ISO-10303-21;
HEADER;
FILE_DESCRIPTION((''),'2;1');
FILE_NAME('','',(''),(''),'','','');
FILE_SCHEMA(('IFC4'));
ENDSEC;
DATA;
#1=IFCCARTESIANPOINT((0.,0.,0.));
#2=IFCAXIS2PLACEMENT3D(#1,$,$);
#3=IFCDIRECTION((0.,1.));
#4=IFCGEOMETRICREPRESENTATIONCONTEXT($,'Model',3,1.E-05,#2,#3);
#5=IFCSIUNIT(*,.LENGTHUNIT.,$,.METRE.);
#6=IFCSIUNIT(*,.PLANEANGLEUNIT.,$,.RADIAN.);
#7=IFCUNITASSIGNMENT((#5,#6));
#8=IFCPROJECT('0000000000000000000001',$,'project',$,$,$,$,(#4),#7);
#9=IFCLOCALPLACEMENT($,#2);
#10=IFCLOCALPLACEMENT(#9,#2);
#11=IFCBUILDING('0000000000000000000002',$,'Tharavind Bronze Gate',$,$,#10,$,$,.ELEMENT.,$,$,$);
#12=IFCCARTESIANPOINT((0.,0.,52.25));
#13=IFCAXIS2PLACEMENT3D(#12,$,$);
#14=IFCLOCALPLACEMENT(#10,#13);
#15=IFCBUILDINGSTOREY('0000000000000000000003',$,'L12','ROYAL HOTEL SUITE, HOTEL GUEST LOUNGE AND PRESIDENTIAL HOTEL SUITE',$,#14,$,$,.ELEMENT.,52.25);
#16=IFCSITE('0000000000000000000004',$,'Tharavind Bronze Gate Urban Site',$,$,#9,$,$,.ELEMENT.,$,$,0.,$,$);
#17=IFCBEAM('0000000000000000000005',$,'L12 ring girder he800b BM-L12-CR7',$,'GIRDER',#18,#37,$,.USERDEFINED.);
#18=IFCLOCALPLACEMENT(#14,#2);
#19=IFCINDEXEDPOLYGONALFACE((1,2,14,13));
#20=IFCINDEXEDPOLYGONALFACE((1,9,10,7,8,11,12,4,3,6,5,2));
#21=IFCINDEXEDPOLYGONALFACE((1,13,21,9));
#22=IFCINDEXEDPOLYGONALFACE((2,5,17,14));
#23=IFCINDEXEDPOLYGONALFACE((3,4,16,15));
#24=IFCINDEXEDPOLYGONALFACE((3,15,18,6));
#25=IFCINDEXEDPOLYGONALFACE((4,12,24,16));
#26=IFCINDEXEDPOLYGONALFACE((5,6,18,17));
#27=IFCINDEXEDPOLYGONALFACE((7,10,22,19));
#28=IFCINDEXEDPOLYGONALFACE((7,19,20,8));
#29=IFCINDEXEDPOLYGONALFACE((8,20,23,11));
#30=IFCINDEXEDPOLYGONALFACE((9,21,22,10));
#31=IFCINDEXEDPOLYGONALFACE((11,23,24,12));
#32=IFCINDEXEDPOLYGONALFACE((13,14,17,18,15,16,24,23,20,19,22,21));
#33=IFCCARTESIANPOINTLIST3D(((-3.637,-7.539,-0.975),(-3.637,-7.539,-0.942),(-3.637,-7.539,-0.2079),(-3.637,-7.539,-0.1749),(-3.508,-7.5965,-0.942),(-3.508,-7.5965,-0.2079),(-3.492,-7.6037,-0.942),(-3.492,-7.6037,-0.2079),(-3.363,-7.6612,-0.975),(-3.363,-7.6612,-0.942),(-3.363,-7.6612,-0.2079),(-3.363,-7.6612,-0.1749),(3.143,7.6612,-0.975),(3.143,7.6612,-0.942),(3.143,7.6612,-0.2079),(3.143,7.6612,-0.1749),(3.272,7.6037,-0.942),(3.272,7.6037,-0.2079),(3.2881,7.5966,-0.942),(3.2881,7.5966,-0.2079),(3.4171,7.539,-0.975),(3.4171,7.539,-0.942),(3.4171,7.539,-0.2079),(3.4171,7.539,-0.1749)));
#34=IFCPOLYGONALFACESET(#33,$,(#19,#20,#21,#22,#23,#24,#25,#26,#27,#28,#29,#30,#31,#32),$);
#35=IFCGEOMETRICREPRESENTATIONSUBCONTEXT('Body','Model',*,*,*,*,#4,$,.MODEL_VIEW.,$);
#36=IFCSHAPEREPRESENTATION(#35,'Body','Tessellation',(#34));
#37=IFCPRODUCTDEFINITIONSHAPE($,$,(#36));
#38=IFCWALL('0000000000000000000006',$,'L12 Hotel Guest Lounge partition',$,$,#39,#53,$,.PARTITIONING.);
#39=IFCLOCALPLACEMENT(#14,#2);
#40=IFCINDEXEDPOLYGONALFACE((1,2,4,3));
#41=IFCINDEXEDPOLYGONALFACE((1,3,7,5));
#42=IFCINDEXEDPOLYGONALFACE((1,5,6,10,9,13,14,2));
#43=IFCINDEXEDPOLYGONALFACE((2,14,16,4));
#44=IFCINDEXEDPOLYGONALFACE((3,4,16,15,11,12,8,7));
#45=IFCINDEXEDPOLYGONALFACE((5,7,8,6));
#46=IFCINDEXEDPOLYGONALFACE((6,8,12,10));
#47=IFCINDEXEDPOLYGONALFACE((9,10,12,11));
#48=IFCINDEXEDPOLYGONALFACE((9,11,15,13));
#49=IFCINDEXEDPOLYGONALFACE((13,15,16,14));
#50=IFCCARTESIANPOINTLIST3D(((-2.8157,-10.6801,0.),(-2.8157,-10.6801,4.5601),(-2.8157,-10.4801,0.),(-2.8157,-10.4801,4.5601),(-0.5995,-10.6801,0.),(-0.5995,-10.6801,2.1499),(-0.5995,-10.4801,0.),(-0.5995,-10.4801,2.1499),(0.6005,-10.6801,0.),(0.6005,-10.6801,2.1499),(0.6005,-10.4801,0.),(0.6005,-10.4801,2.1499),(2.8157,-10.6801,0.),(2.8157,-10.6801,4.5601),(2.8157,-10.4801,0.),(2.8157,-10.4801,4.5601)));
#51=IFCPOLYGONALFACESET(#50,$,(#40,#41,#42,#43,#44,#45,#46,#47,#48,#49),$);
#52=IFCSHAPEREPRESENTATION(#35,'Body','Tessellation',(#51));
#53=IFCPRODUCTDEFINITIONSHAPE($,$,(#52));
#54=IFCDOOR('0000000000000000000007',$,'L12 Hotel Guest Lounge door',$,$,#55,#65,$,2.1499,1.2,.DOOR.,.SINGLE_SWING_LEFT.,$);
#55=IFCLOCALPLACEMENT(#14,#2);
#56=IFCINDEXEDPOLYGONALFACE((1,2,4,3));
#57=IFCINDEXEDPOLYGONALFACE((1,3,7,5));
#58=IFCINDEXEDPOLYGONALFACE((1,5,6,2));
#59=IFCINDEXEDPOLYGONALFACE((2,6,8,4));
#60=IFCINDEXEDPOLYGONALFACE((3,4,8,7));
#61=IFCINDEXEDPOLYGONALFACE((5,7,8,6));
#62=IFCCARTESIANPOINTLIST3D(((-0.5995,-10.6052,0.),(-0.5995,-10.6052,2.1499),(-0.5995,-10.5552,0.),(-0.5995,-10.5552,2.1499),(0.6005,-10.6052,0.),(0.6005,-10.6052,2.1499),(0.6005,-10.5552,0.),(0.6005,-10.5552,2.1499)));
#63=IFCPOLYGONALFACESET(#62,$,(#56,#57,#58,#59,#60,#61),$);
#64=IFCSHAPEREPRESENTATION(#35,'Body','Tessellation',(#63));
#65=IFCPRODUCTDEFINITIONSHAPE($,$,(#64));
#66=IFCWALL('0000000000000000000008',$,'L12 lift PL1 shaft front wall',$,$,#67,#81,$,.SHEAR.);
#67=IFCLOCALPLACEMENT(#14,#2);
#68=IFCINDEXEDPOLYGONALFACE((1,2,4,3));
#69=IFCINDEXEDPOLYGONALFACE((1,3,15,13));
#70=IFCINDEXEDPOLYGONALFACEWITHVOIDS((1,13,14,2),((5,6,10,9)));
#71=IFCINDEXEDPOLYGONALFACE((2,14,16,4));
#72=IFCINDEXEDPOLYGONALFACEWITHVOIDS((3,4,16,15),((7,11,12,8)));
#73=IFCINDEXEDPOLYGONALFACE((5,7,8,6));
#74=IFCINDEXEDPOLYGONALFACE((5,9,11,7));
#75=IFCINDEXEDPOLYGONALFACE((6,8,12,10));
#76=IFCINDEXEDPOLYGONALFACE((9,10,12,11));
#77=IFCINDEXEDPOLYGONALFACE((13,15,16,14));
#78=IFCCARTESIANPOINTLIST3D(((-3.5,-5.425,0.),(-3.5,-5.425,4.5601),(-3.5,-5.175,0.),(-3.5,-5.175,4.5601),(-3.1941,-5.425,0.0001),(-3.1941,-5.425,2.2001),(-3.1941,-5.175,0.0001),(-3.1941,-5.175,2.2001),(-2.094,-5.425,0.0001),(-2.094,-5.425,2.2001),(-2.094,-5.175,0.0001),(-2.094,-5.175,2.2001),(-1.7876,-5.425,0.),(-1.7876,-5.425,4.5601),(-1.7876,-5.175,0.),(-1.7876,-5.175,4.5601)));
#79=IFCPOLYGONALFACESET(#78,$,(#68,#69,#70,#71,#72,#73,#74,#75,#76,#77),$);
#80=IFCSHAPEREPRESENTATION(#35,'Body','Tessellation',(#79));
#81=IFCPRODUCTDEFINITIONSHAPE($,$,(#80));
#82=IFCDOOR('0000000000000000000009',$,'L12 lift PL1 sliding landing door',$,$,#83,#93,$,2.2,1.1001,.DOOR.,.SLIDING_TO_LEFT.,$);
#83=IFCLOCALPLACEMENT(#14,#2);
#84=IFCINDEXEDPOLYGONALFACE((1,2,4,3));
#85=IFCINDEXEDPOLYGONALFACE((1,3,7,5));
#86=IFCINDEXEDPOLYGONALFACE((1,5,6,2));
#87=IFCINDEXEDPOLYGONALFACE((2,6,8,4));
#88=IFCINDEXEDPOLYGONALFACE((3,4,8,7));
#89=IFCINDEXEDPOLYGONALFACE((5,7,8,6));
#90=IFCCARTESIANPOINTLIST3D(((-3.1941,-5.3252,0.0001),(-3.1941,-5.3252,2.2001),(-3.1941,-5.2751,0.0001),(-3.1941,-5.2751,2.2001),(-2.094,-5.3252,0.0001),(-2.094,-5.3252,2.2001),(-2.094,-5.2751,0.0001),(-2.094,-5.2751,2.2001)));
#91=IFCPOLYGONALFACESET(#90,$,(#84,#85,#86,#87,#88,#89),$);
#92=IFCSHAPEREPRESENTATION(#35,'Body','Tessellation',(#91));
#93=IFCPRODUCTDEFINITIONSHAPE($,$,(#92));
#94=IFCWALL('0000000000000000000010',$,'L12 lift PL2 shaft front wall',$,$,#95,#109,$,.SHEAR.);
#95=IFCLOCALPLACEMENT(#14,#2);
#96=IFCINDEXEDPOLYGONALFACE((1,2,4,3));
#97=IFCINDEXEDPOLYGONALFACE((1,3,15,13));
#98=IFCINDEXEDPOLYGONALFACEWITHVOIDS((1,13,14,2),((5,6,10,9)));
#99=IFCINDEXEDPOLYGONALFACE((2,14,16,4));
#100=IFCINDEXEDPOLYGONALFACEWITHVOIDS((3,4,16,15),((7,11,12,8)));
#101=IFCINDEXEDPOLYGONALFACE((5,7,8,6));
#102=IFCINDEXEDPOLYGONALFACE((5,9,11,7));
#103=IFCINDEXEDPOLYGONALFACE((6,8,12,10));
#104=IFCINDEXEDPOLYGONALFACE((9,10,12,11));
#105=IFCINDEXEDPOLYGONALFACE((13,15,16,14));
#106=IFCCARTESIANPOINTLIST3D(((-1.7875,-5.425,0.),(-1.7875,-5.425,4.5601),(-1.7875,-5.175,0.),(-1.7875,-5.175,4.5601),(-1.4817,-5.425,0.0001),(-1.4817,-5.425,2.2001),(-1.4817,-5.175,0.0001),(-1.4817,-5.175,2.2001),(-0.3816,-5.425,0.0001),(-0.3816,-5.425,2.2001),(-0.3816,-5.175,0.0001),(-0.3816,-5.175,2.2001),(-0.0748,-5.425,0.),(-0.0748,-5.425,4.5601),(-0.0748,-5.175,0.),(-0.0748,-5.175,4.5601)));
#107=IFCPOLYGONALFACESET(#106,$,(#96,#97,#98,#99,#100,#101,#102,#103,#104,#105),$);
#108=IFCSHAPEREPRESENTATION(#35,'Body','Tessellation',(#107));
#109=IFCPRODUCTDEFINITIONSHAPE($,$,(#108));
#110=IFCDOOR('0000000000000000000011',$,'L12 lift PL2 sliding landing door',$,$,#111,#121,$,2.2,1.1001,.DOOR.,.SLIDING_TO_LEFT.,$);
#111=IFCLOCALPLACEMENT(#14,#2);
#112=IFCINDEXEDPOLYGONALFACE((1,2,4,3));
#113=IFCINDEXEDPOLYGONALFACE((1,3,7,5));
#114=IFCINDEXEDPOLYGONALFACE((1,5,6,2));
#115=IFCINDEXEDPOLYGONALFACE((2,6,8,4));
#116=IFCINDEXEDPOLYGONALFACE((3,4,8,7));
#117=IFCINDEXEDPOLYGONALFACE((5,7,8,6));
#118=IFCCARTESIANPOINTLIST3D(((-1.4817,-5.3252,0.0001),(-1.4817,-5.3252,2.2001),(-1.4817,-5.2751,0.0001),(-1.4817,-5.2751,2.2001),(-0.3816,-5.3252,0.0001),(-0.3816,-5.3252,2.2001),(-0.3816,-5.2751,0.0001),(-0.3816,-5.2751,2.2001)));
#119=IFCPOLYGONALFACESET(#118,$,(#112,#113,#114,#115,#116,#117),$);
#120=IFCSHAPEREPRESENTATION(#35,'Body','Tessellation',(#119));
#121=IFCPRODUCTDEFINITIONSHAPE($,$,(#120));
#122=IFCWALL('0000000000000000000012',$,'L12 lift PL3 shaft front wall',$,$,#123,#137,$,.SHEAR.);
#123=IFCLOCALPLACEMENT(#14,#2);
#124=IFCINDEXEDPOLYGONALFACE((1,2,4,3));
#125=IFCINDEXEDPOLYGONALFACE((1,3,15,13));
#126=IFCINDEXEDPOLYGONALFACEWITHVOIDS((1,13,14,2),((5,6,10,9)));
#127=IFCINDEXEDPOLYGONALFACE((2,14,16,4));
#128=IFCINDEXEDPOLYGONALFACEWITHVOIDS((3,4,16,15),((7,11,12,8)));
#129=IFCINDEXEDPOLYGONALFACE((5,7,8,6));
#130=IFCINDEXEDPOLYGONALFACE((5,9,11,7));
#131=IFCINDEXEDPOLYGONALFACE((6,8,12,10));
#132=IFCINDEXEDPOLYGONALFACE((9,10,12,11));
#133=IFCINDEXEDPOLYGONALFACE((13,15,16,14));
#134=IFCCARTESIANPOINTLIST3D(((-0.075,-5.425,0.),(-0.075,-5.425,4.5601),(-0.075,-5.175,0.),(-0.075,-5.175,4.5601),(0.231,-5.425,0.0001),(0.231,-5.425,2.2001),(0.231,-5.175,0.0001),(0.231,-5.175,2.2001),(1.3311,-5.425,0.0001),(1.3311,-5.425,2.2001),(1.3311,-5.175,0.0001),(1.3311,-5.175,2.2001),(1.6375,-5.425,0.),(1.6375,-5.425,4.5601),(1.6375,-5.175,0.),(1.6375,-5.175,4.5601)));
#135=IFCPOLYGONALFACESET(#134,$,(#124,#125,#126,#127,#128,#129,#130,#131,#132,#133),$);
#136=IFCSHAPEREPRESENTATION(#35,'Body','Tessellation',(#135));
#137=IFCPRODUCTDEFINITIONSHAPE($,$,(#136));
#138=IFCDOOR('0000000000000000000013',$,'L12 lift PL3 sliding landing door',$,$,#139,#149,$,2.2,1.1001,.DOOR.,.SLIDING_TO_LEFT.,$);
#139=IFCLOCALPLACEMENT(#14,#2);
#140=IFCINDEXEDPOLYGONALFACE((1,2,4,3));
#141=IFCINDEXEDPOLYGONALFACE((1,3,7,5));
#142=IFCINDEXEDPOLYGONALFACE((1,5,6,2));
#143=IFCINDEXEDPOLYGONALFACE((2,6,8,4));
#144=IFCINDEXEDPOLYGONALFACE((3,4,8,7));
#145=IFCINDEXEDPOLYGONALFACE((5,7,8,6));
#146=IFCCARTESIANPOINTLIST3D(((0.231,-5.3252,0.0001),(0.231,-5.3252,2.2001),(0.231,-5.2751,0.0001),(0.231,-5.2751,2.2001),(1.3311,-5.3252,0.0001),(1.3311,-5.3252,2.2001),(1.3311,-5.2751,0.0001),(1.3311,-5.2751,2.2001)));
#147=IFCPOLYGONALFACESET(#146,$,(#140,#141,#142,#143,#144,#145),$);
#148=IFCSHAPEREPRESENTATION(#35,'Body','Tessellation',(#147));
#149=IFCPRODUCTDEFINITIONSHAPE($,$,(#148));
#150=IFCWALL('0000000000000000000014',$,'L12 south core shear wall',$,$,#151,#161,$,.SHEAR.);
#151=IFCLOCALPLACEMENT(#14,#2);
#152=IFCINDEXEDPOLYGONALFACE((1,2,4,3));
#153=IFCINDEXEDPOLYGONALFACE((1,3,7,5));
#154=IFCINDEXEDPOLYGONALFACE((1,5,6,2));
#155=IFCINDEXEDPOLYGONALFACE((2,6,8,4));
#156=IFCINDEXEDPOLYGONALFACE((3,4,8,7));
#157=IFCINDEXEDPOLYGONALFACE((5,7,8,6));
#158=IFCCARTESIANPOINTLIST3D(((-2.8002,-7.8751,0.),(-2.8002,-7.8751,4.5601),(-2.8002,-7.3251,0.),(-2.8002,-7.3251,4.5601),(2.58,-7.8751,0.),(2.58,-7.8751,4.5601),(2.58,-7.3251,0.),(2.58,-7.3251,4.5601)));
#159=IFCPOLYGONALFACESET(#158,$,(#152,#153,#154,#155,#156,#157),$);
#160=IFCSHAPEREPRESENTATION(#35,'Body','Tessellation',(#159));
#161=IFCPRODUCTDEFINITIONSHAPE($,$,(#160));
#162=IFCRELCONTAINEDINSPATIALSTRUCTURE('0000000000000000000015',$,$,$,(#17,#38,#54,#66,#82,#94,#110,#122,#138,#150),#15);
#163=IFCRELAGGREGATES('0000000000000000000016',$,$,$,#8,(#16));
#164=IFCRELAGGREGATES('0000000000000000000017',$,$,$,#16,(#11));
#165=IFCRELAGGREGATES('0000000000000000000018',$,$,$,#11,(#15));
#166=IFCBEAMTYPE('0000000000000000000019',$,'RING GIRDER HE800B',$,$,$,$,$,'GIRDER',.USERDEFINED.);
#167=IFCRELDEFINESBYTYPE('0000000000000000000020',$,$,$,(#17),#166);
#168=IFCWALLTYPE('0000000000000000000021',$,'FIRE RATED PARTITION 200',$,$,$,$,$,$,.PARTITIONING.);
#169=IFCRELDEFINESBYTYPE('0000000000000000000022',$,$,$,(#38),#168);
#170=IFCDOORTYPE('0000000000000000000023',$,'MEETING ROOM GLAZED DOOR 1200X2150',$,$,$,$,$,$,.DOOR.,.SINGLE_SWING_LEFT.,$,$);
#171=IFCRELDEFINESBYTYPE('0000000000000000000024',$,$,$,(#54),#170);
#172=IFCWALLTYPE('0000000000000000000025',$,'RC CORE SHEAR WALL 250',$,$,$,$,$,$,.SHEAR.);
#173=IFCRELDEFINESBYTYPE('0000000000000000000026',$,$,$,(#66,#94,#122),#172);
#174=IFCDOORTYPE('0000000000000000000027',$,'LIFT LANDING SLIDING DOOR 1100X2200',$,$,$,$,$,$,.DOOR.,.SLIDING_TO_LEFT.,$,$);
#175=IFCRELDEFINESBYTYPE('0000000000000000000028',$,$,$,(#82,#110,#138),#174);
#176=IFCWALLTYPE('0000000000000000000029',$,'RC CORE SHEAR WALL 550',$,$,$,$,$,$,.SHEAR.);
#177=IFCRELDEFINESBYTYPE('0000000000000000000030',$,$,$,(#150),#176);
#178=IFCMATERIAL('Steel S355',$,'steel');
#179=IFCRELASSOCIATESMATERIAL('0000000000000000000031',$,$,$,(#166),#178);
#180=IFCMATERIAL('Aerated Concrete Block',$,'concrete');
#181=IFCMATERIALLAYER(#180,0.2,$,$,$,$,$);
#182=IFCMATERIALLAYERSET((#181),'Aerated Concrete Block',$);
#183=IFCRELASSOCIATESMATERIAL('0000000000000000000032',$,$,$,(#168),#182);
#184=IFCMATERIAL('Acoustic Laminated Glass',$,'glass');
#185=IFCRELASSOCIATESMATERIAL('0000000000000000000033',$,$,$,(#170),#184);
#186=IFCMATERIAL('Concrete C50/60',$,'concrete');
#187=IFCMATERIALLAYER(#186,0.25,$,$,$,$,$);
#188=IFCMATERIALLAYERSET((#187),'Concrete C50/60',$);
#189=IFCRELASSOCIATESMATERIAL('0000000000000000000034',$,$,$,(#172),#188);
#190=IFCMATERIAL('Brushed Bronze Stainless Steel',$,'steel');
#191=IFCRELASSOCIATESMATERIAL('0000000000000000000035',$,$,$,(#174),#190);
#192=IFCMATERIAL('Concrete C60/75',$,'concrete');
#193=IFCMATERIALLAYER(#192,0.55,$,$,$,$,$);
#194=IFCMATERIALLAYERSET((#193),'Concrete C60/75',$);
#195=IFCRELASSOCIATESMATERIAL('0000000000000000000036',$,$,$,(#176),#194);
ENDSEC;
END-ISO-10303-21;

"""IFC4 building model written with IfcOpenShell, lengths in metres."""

from ifc_helpers import new_model, si_unit, direction, frame, frame_2d, origin, origin_2d, place, context, subcontext, project, spatial, rectangle, i_section, extrude, material, layer, layer_set, material_profile, profile_set, type_object, element, fill, save


model = new_model("IFC4")

# Units and contexts
model_context = context("Model", 3, precision=1e-05, world=origin(), true_north=direction((0.0, 1.0)))
body_context = subcontext(model_context, "Body", "Model", "MODEL_VIEW")
ifc_project = project(units=[si_unit("LENGTHUNIT", "METRE"), si_unit("PLANEANGLEUNIT", "RADIAN")], contexts=[model_context])

# Site, building, storey
site_placement = place(None, origin())
site = spatial("IfcSite", under=ifc_project, at=site_placement, Name="Tharavind Bronze Gate Urban Site", CompositionType="ELEMENT", RefElevation=0.0)
building_placement = place(site_placement, origin())
building = spatial("IfcBuilding", under=site, at=building_placement, Name="Tharavind Bronze Gate", CompositionType="ELEMENT")
storey_placement = place(building_placement, frame((0.0, 0.0, 52.25)))
storey = spatial("IfcBuildingStorey", under=building, at=storey_placement, Name="L12", Description="ROYAL HOTEL SUITE, HOTEL GUEST LOUNGE AND PRESIDENTIAL HOTEL SUITE", CompositionType="ELEMENT", Elevation=52.25)

# Beam
ifc_material_1 = material(Name="Steel S355", Category="steel")
ifc_material_profile = material_profile(ifc_material_1, i_section(OverallWidth=0.3, OverallDepth=0.8, WebThickness=0.0176, FlangeThickness=0.033, at=origin_2d()), Name="HE800B")
ifc_profile_set = profile_set([ifc_material_profile], Name="Steel S355")
beam_type = type_object("IfcBeamType", Name="RING GIRDER HE800B", ElementType="GIRDER", PredefinedType="USERDEFINED", material=ifc_profile_set)
beam_placement = place(storey_placement, frame((-3.5, -7.6001, -0.575), z_axis=(0.407362, 0.913267, 0.0), x_axis=(-0.913267, 0.407362, 0.0)))
element("IfcBeam", 1, at=beam_placement, inside=storey, type_object=beam_type, Name="L12 ring girder he800b BM-L12-CR7", ObjectType="GIRDER", PredefinedType="USERDEFINED", context=body_context, shape_type="SweptSolid", body=[
    extrude(i_section(OverallWidth=0.3, OverallDepth=0.8, WebThickness=0.0176, FlangeThickness=0.033, at=origin_2d()), origin(), (0.0, 0.0, 1.0), 16.6438),
])

# Walls, openings, doors
ifc_material_2 = material(Name="Aerated Concrete Block", Category="concrete")
ifc_layer_1 = layer(ifc_material_2, 0.2)
ifc_layer_set_1 = layer_set([ifc_layer_1], Name="Aerated Concrete Block")
wall_type_1 = type_object("IfcWallType", Name="FIRE RATED PARTITION 200", PredefinedType="PARTITIONING", material=ifc_layer_set_1)
wall_1_placement = place(storey_placement, frame((-2.8157, -10.5801, 0.0), z_axis=(0.0, 0.0, 1.0), x_axis=(1.0, 0.0, 0.0)))
wall_1 = element("IfcWall", 2, at=wall_1_placement, inside=storey, type_object=wall_type_1, Name="L12 Hotel Guest Lounge partition", PredefinedType="PARTITIONING", context=body_context, shape_type="SweptSolid", body=[
    extrude(rectangle(XDim=5.6313, YDim=0.2, at=frame_2d((2.8157, 0.0))), origin(), (0.0, 0.0, 1.0), 4.5601),
])
opening_1_placement = place(wall_1_placement, frame((2.2161, 0.0, 0.0)))
opening_1 = element("IfcOpeningElement", 3, at=opening_1_placement, cuts=wall_1, PredefinedType="OPENING", context=body_context, shape_type="SweptSolid", body=[
    extrude(rectangle(XDim=1.2, YDim=2.1499, at=frame_2d((0.6001, 1.075))), frame((0.0, 0.1101, 0.0), z_axis=(0.0, -1.0, 0.0), x_axis=(1.0, 0.0, 0.0)), (0.0, 0.0, 1.0), 0.22),
])
ifc_material_3 = material(Name="Acoustic Laminated Glass", Category="glass")
door_type_1 = type_object("IfcDoorType", Name="MEETING ROOM GLAZED DOOR 1200X2150", OperationType="SINGLE_SWING_LEFT", PredefinedType="DOOR", material=ifc_material_3)
door_1_placement = place(opening_1_placement, origin())
door_1 = element("IfcDoor", 4, at=door_1_placement, inside=storey, type_object=door_type_1, Name="L12 Hotel Guest Lounge door", OperationType="SINGLE_SWING_LEFT", OverallHeight=2.1499, OverallWidth=1.2, PredefinedType="DOOR", context=body_context, shape_type="SweptSolid", body=[
    extrude(rectangle(XDim=1.2, YDim=2.1499, at=frame_2d((0.6001, 1.075))), frame((0.0, 0.0249, 0.0), z_axis=(0.0, -1.0, 0.0), x_axis=(1.0, 0.0, 0.0)), (0.0, 0.0, 1.0), 0.05),
])
fill(opening_1, door_1)
ifc_material_4 = material(Name="Concrete C50/60", Category="concrete")
ifc_layer_2 = layer(ifc_material_4, 0.25)
ifc_layer_set_2 = layer_set([ifc_layer_2], Name="Concrete C50/60")
wall_type_2 = type_object("IfcWallType", Name="RC CORE SHEAR WALL 250", PredefinedType="SHEAR", material=ifc_layer_set_2)
wall_2_placement = place(storey_placement, frame((-3.5, -5.3, 0.0), z_axis=(0.0, 0.0, 1.0), x_axis=(1.0, 0.0, 0.0)))
wall_2 = element("IfcWall", 5, at=wall_2_placement, inside=storey, type_object=wall_type_2, Name="L12 lift PL1 shaft front wall", PredefinedType="SHEAR", context=body_context, shape_type="SweptSolid", body=[
    extrude(rectangle(XDim=1.7124, YDim=0.25, at=frame_2d((0.8562, 0.0))), origin(), (0.0, 0.0, 1.0), 4.5601),
])
opening_2_placement = place(wall_2_placement, frame((0.3059, 0.0, 0.0)))
opening_2 = element("IfcOpeningElement", 6, at=opening_2_placement, cuts=wall_2, PredefinedType="OPENING", context=body_context, shape_type="SweptSolid", body=[
    extrude(rectangle(XDim=1.1001, YDim=2.2, at=frame_2d((0.55, 1.1001))), frame((0.0, 0.135, 0.0), z_axis=(0.0, -1.0, 0.0), x_axis=(1.0, 0.0, 0.0)), (0.0, 0.0, 1.0), 0.27),
])
ifc_material_5 = material(Name="Brushed Bronze Stainless Steel", Category="steel")
door_type_2 = type_object("IfcDoorType", Name="LIFT LANDING SLIDING DOOR 1100X2200", OperationType="SLIDING_TO_LEFT", PredefinedType="DOOR", material=ifc_material_5)
door_2_placement = place(opening_2_placement, origin())
door_2 = element("IfcDoor", 7, at=door_2_placement, inside=storey, type_object=door_type_2, Name="L12 lift PL1 sliding landing door", OperationType="SLIDING_TO_LEFT", OverallHeight=2.2, OverallWidth=1.1001, PredefinedType="DOOR", context=body_context, shape_type="SweptSolid", body=[
    extrude(rectangle(XDim=1.1001, YDim=2.2, at=frame_2d((0.55, 1.1001))), frame((0.0, 0.0249, 0.0), z_axis=(0.0, -1.0, 0.0), x_axis=(1.0, 0.0, 0.0)), (0.0, 0.0, 1.0), 0.05),
])
fill(opening_2, door_2)
wall_3_placement = place(storey_placement, frame((-1.7876, -5.3, 0.0), z_axis=(0.0, 0.0, 1.0), x_axis=(1.0, 0.0, 0.0)))
wall_3 = element("IfcWall", 8, at=wall_3_placement, inside=storey, type_object=wall_type_2, Name="L12 lift PL2 shaft front wall", PredefinedType="SHEAR", context=body_context, shape_type="SweptSolid", body=[
    extrude(rectangle(XDim=1.7126, YDim=0.25, at=frame_2d((0.8564, 0.0))), origin(), (0.0, 0.0, 1.0), 4.5601),
])
opening_3_placement = place(wall_3_placement, frame((0.3059, 0.0, 0.0)))
opening_3 = element("IfcOpeningElement", 9, at=opening_3_placement, cuts=wall_3, PredefinedType="OPENING", context=body_context, shape_type="SweptSolid", body=[
    extrude(rectangle(XDim=1.1001, YDim=2.2, at=frame_2d((0.55, 1.1001))), frame((0.0, 0.135, 0.0), z_axis=(0.0, -1.0, 0.0), x_axis=(1.0, 0.0, 0.0)), (0.0, 0.0, 1.0), 0.27),
])
door_3_placement = place(opening_3_placement, origin())
door_3 = element("IfcDoor", 10, at=door_3_placement, inside=storey, type_object=door_type_2, Name="L12 lift PL2 sliding landing door", OperationType="SLIDING_TO_LEFT", OverallHeight=2.2, OverallWidth=1.1001, PredefinedType="DOOR", context=body_context, shape_type="SweptSolid", body=[
    extrude(rectangle(XDim=1.1001, YDim=2.2, at=frame_2d((0.55, 1.1001))), frame((0.0, 0.0249, 0.0), z_axis=(0.0, -1.0, 0.0), x_axis=(1.0, 0.0, 0.0)), (0.0, 0.0, 1.0), 0.05),
])
fill(opening_3, door_3)
wall_4_placement = place(storey_placement, frame((-0.075, -5.3, 0.0), z_axis=(0.0, 0.0, 1.0), x_axis=(1.0, 0.0, 0.0)))
wall_4 = element("IfcWall", 11, at=wall_4_placement, inside=storey, type_object=wall_type_2, Name="L12 lift PL3 shaft front wall", PredefinedType="SHEAR", context=body_context, shape_type="SweptSolid", body=[
    extrude(rectangle(XDim=1.7124, YDim=0.25, at=frame_2d((0.8562, 0.0))), origin(), (0.0, 0.0, 1.0), 4.5601),
])
opening_4_placement = place(wall_4_placement, frame((0.3059, 0.0, 0.0)))
opening_4 = element("IfcOpeningElement", 12, at=opening_4_placement, cuts=wall_4, PredefinedType="OPENING", context=body_context, shape_type="SweptSolid", body=[
    extrude(rectangle(XDim=1.1001, YDim=2.2, at=frame_2d((0.55, 1.1001))), frame((0.0, 0.135, 0.0), z_axis=(0.0, -1.0, 0.0), x_axis=(1.0, 0.0, 0.0)), (0.0, 0.0, 1.0), 0.27),
])
door_4_placement = place(opening_4_placement, origin())
door_4 = element("IfcDoor", 13, at=door_4_placement, inside=storey, type_object=door_type_2, Name="L12 lift PL3 sliding landing door", OperationType="SLIDING_TO_LEFT", OverallHeight=2.2, OverallWidth=1.1001, PredefinedType="DOOR", context=body_context, shape_type="SweptSolid", body=[
    extrude(rectangle(XDim=1.1001, YDim=2.2, at=frame_2d((0.55, 1.1001))), frame((0.0, 0.0249, 0.0), z_axis=(0.0, -1.0, 0.0), x_axis=(1.0, 0.0, 0.0)), (0.0, 0.0, 1.0), 0.05),
])
fill(opening_4, door_4)

# Wall
ifc_material_6 = material(Name="Concrete C60/75", Category="concrete")
ifc_layer_3 = layer(ifc_material_6, 0.55)
ifc_layer_set_3 = layer_set([ifc_layer_3], Name="Concrete C60/75")
wall_type_3 = type_object("IfcWallType", Name="RC CORE SHEAR WALL 550", PredefinedType="SHEAR", material=ifc_layer_set_3)
wall_5_placement = place(storey_placement, frame((-2.8, -7.6001, 0.0), z_axis=(0.0, 0.0, 1.0), x_axis=(1.0, 0.0, 0.0)))
element("IfcWall", 14, at=wall_5_placement, inside=storey, type_object=wall_type_3, Name="L12 south core shear wall", PredefinedType="SHEAR", context=body_context, shape_type="SweptSolid", body=[
    extrude(rectangle(XDim=5.3801, YDim=0.55, at=frame_2d((2.6899, 0.0))), origin(), (0.0, 0.0, 1.0), 4.5601),
])

save(model, "model.ifc")
